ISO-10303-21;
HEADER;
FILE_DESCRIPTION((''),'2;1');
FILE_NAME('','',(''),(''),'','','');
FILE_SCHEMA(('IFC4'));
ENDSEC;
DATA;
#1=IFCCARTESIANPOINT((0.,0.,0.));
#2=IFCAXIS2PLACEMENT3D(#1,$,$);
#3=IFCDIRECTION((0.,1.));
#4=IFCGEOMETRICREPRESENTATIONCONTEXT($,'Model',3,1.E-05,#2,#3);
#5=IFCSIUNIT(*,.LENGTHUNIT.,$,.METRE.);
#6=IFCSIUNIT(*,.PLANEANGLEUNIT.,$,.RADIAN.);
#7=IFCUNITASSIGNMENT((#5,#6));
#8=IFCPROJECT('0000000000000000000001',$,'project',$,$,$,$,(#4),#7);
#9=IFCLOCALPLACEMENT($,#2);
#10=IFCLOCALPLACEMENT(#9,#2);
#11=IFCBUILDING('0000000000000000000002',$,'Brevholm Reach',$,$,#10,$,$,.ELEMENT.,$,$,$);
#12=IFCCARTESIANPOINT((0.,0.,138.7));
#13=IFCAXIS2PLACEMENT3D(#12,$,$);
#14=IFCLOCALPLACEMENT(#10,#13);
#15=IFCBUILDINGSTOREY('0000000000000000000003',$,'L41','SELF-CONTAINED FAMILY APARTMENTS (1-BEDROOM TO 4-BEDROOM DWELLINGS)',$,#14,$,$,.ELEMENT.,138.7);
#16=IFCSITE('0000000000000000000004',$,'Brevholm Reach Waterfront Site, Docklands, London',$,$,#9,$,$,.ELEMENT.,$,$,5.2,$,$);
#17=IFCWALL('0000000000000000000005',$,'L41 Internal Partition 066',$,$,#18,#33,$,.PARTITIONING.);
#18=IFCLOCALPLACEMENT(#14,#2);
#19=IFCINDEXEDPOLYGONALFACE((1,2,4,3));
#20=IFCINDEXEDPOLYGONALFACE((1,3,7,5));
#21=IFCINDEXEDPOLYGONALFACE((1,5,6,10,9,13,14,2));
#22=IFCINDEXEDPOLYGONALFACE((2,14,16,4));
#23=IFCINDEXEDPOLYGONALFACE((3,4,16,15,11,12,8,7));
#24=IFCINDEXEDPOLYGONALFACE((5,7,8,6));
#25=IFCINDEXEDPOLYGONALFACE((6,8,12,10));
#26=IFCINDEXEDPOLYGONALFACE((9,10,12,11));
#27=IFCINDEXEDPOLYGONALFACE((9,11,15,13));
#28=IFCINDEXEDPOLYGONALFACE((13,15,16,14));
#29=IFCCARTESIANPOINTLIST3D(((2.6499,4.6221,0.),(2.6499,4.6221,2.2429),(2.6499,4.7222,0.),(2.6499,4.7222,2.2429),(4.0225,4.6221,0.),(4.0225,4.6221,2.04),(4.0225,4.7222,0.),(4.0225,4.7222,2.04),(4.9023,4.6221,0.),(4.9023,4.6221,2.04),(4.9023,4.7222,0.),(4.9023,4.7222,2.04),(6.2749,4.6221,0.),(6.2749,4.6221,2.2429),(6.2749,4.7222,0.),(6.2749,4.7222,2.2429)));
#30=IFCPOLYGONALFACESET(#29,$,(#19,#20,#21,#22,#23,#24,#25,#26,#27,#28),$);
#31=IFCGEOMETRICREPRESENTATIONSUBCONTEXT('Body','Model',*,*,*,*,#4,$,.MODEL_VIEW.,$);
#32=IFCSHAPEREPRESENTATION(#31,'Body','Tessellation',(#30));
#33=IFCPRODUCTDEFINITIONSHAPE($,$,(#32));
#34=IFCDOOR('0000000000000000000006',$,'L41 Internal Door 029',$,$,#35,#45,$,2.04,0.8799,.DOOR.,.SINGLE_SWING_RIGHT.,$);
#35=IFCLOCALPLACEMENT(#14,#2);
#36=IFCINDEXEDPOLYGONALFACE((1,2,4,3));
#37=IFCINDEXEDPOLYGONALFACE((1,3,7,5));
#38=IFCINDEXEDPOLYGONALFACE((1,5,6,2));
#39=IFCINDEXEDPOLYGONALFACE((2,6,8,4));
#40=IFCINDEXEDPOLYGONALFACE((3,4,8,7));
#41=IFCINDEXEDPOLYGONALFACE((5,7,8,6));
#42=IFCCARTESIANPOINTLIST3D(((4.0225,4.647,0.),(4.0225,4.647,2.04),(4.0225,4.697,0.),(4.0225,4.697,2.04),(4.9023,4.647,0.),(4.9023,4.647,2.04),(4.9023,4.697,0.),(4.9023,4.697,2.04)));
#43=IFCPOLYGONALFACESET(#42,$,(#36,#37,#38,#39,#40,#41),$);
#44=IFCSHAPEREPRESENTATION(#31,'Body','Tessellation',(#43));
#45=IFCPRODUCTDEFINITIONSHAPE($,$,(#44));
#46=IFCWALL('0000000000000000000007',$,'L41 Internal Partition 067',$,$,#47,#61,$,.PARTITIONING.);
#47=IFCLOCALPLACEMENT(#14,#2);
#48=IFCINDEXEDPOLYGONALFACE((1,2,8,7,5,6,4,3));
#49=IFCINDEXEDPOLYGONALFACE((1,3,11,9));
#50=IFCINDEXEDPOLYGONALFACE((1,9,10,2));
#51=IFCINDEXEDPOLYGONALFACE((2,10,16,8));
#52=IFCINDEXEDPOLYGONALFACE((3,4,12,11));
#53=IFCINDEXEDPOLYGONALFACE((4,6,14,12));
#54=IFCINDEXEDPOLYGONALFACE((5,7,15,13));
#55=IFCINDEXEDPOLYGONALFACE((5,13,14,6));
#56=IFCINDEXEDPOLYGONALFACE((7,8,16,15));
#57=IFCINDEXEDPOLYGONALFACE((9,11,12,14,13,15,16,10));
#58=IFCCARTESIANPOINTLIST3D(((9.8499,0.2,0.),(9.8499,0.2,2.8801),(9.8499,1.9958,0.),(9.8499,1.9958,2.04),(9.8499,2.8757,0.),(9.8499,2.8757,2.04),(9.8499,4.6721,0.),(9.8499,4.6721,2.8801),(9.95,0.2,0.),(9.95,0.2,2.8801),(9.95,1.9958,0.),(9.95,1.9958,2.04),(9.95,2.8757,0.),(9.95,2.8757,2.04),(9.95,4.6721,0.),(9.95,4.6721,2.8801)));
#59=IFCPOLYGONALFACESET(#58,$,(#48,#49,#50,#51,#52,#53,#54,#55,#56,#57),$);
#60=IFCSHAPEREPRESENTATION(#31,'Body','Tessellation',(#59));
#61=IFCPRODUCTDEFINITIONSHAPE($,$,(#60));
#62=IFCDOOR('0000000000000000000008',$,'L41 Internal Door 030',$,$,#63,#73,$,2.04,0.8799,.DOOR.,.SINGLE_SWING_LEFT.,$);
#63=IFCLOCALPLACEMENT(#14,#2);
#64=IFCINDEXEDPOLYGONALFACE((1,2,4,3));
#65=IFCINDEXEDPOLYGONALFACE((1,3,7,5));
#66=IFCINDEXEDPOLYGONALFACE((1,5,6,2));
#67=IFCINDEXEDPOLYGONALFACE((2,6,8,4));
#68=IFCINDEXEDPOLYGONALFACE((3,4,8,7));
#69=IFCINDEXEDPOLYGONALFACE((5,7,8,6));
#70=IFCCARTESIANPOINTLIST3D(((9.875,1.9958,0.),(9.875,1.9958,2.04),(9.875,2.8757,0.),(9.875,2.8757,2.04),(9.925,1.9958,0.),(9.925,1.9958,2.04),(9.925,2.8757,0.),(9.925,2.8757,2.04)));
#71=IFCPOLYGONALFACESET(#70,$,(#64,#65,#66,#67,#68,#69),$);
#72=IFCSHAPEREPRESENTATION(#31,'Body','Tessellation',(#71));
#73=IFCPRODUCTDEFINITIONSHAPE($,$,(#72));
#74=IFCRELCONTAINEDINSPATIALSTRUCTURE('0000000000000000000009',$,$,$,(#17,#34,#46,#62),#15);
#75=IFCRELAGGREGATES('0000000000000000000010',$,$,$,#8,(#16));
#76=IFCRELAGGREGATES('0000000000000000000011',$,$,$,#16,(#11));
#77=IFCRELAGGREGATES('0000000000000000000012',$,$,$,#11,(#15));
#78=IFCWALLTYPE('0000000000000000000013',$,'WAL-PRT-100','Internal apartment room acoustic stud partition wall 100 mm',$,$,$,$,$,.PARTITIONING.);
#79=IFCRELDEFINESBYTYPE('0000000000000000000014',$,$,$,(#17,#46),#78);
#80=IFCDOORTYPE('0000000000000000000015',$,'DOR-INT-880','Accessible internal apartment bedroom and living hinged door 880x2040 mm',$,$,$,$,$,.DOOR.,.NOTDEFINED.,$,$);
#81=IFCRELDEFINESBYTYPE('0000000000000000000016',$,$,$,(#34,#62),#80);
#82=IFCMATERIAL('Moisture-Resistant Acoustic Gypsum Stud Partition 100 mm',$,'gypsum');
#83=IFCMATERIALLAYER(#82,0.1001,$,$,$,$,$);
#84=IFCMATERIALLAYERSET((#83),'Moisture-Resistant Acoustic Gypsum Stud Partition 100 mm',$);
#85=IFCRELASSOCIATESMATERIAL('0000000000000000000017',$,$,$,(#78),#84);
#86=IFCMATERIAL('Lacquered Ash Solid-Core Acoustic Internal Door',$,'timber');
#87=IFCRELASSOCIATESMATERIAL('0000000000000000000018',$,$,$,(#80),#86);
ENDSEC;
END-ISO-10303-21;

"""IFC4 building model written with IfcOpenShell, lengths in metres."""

from ifc_helpers import new_model, si_unit, direction, frame, frame_2d, origin, place, context, subcontext, project, spatial, rectangle, extrude, material, layer, layer_set, type_object, element, fill, save


model = new_model("IFC4")

# Units and contexts
model_context = context("Model", 3, precision=1e-05, world=origin(), true_north=direction((0.0, 1.0)))
body_context = subcontext(model_context, "Body", "Model", "MODEL_VIEW")
ifc_project = project(units=[si_unit("LENGTHUNIT", "METRE"), si_unit("PLANEANGLEUNIT", "RADIAN")], contexts=[model_context])

# Site, building, storey
site_placement = place(None, origin())
site = spatial("IfcSite", under=ifc_project, at=site_placement, Name="Brevholm Reach Waterfront Site, Docklands, London", CompositionType="ELEMENT", RefElevation=5.2)
building_placement = place(site_placement, origin())
building = spatial("IfcBuilding", under=site, at=building_placement, Name="Brevholm Reach", CompositionType="ELEMENT")
storey_placement = place(building_placement, frame((0.0, 0.0, 138.7)))
storey = spatial("IfcBuildingStorey", under=building, at=storey_placement, Name="L41", Description="SELF-CONTAINED FAMILY APARTMENTS (1-BEDROOM TO 4-BEDROOM DWELLINGS)", CompositionType="ELEMENT", Elevation=138.7)

# Shared definitions
ifc_material_1 = material(Name="Moisture-Resistant Acoustic Gypsum Stud Partition 100 mm", Category="gypsum")
ifc_layer_1 = layer(ifc_material_1, 0.1001)
ifc_layer_set_1 = layer_set([ifc_layer_1], Name="Moisture-Resistant Acoustic Gypsum Stud Partition 100 mm")
wall_type_1 = type_object("IfcWallType", Name="WAL-PRT-100", Description="Internal apartment room acoustic stud partition wall 100 mm", PredefinedType="PARTITIONING", material=ifc_layer_set_1)

# Walls, openings, doors
wall_1_placement = place(storey_placement, frame((2.6499, 4.6721, 0.0), z_axis=(0.0, 0.0, 1.0), x_axis=(1.0, 0.0, 0.0)))
wall_1 = element("IfcWall", 1, at=wall_1_placement, inside=storey, type_object=wall_type_1, Name="L41 Internal Partition 066", PredefinedType="PARTITIONING", context=body_context, shape_type="SweptSolid", body=[
    extrude(rectangle(XDim=3.625, YDim=0.1001, at=frame_2d((1.8125, 0.0))), origin(), (0.0, 0.0, 1.0), 2.2429),
])
opening_1_placement = place(wall_1_placement, frame((1.3726, 0.0, 0.0)))
opening_1 = element("IfcOpeningElement", 2, at=opening_1_placement, cuts=wall_1, PredefinedType="OPENING", context=body_context, shape_type="SweptSolid", body=[
    extrude(rectangle(XDim=0.8799, YDim=2.04, at=frame_2d((0.4399, 1.02))), frame((0.0, 0.0601, 0.0), z_axis=(0.0, -1.0, 0.0), x_axis=(1.0, 0.0, 0.0)), (0.0, 0.0, 1.0), 0.1201),
])
ifc_material_2 = material(Name="Lacquered Ash Solid-Core Acoustic Internal Door", Category="timber")
door_type_1 = type_object("IfcDoorType", Name="DOR-INT-880", Description="Accessible internal apartment bedroom and living hinged door 880x2040 mm", OperationType="NOTDEFINED", PredefinedType="DOOR", material=ifc_material_2)
door_1_placement = place(opening_1_placement, origin())
door_1 = element("IfcDoor", 3, at=door_1_placement, inside=storey, type_object=door_type_1, Name="L41 Internal Door 029", OperationType="SINGLE_SWING_RIGHT", OverallHeight=2.04, OverallWidth=0.8799, PredefinedType="DOOR", context=body_context, shape_type="SweptSolid", body=[
    extrude(rectangle(XDim=0.8799, YDim=2.04, at=frame_2d((0.4399, 1.02))), frame((0.0, 0.0249, 0.0), z_axis=(0.0, -1.0, 0.0), x_axis=(1.0, 0.0, 0.0)), (0.0, 0.0, 1.0), 0.05),
])
fill(opening_1, door_1)
wall_2_placement = place(storey_placement, frame((9.8999, 0.2, 0.0), z_axis=(0.0, 0.0, 1.0), x_axis=(0.0, 1.0, 0.0)))
wall_2 = element("IfcWall", 4, at=wall_2_placement, inside=storey, type_object=wall_type_1, Name="L41 Internal Partition 067", PredefinedType="PARTITIONING", context=body_context, shape_type="SweptSolid", body=[
    extrude(rectangle(XDim=4.4722, YDim=0.1001, at=frame_2d((2.2361, 0.0))), origin(), (0.0, 0.0, 1.0), 2.8801),
])
opening_2_placement = place(wall_2_placement, frame((1.7959, 0.0, 0.0)))
opening_2 = element("IfcOpeningElement", 5, at=opening_2_placement, cuts=wall_2, PredefinedType="OPENING", context=body_context, shape_type="SweptSolid", body=[
    extrude(rectangle(XDim=0.8799, YDim=2.04, at=frame_2d((0.4399, 1.02))), frame((0.0, 0.0601, 0.0), z_axis=(0.0, -1.0, 0.0), x_axis=(1.0, 0.0, 0.0)), (0.0, 0.0, 1.0), 0.1201),
])
door_2_placement = place(opening_2_placement, origin())
door_2 = element("IfcDoor", 6, at=door_2_placement, inside=storey, type_object=door_type_1, Name="L41 Internal Door 030", OperationType="SINGLE_SWING_LEFT", OverallHeight=2.04, OverallWidth=0.8799, PredefinedType="DOOR", context=body_context, shape_type="SweptSolid", body=[
    extrude(rectangle(XDim=0.8799, YDim=2.04, at=frame_2d((0.4399, 1.02))), frame((0.0, 0.0249, 0.0), z_axis=(0.0, -1.0, 0.0), x_axis=(1.0, 0.0, 0.0)), (0.0, 0.0, 1.0), 0.05),
])
fill(opening_2, door_2)

save(model, "model.ifc")
